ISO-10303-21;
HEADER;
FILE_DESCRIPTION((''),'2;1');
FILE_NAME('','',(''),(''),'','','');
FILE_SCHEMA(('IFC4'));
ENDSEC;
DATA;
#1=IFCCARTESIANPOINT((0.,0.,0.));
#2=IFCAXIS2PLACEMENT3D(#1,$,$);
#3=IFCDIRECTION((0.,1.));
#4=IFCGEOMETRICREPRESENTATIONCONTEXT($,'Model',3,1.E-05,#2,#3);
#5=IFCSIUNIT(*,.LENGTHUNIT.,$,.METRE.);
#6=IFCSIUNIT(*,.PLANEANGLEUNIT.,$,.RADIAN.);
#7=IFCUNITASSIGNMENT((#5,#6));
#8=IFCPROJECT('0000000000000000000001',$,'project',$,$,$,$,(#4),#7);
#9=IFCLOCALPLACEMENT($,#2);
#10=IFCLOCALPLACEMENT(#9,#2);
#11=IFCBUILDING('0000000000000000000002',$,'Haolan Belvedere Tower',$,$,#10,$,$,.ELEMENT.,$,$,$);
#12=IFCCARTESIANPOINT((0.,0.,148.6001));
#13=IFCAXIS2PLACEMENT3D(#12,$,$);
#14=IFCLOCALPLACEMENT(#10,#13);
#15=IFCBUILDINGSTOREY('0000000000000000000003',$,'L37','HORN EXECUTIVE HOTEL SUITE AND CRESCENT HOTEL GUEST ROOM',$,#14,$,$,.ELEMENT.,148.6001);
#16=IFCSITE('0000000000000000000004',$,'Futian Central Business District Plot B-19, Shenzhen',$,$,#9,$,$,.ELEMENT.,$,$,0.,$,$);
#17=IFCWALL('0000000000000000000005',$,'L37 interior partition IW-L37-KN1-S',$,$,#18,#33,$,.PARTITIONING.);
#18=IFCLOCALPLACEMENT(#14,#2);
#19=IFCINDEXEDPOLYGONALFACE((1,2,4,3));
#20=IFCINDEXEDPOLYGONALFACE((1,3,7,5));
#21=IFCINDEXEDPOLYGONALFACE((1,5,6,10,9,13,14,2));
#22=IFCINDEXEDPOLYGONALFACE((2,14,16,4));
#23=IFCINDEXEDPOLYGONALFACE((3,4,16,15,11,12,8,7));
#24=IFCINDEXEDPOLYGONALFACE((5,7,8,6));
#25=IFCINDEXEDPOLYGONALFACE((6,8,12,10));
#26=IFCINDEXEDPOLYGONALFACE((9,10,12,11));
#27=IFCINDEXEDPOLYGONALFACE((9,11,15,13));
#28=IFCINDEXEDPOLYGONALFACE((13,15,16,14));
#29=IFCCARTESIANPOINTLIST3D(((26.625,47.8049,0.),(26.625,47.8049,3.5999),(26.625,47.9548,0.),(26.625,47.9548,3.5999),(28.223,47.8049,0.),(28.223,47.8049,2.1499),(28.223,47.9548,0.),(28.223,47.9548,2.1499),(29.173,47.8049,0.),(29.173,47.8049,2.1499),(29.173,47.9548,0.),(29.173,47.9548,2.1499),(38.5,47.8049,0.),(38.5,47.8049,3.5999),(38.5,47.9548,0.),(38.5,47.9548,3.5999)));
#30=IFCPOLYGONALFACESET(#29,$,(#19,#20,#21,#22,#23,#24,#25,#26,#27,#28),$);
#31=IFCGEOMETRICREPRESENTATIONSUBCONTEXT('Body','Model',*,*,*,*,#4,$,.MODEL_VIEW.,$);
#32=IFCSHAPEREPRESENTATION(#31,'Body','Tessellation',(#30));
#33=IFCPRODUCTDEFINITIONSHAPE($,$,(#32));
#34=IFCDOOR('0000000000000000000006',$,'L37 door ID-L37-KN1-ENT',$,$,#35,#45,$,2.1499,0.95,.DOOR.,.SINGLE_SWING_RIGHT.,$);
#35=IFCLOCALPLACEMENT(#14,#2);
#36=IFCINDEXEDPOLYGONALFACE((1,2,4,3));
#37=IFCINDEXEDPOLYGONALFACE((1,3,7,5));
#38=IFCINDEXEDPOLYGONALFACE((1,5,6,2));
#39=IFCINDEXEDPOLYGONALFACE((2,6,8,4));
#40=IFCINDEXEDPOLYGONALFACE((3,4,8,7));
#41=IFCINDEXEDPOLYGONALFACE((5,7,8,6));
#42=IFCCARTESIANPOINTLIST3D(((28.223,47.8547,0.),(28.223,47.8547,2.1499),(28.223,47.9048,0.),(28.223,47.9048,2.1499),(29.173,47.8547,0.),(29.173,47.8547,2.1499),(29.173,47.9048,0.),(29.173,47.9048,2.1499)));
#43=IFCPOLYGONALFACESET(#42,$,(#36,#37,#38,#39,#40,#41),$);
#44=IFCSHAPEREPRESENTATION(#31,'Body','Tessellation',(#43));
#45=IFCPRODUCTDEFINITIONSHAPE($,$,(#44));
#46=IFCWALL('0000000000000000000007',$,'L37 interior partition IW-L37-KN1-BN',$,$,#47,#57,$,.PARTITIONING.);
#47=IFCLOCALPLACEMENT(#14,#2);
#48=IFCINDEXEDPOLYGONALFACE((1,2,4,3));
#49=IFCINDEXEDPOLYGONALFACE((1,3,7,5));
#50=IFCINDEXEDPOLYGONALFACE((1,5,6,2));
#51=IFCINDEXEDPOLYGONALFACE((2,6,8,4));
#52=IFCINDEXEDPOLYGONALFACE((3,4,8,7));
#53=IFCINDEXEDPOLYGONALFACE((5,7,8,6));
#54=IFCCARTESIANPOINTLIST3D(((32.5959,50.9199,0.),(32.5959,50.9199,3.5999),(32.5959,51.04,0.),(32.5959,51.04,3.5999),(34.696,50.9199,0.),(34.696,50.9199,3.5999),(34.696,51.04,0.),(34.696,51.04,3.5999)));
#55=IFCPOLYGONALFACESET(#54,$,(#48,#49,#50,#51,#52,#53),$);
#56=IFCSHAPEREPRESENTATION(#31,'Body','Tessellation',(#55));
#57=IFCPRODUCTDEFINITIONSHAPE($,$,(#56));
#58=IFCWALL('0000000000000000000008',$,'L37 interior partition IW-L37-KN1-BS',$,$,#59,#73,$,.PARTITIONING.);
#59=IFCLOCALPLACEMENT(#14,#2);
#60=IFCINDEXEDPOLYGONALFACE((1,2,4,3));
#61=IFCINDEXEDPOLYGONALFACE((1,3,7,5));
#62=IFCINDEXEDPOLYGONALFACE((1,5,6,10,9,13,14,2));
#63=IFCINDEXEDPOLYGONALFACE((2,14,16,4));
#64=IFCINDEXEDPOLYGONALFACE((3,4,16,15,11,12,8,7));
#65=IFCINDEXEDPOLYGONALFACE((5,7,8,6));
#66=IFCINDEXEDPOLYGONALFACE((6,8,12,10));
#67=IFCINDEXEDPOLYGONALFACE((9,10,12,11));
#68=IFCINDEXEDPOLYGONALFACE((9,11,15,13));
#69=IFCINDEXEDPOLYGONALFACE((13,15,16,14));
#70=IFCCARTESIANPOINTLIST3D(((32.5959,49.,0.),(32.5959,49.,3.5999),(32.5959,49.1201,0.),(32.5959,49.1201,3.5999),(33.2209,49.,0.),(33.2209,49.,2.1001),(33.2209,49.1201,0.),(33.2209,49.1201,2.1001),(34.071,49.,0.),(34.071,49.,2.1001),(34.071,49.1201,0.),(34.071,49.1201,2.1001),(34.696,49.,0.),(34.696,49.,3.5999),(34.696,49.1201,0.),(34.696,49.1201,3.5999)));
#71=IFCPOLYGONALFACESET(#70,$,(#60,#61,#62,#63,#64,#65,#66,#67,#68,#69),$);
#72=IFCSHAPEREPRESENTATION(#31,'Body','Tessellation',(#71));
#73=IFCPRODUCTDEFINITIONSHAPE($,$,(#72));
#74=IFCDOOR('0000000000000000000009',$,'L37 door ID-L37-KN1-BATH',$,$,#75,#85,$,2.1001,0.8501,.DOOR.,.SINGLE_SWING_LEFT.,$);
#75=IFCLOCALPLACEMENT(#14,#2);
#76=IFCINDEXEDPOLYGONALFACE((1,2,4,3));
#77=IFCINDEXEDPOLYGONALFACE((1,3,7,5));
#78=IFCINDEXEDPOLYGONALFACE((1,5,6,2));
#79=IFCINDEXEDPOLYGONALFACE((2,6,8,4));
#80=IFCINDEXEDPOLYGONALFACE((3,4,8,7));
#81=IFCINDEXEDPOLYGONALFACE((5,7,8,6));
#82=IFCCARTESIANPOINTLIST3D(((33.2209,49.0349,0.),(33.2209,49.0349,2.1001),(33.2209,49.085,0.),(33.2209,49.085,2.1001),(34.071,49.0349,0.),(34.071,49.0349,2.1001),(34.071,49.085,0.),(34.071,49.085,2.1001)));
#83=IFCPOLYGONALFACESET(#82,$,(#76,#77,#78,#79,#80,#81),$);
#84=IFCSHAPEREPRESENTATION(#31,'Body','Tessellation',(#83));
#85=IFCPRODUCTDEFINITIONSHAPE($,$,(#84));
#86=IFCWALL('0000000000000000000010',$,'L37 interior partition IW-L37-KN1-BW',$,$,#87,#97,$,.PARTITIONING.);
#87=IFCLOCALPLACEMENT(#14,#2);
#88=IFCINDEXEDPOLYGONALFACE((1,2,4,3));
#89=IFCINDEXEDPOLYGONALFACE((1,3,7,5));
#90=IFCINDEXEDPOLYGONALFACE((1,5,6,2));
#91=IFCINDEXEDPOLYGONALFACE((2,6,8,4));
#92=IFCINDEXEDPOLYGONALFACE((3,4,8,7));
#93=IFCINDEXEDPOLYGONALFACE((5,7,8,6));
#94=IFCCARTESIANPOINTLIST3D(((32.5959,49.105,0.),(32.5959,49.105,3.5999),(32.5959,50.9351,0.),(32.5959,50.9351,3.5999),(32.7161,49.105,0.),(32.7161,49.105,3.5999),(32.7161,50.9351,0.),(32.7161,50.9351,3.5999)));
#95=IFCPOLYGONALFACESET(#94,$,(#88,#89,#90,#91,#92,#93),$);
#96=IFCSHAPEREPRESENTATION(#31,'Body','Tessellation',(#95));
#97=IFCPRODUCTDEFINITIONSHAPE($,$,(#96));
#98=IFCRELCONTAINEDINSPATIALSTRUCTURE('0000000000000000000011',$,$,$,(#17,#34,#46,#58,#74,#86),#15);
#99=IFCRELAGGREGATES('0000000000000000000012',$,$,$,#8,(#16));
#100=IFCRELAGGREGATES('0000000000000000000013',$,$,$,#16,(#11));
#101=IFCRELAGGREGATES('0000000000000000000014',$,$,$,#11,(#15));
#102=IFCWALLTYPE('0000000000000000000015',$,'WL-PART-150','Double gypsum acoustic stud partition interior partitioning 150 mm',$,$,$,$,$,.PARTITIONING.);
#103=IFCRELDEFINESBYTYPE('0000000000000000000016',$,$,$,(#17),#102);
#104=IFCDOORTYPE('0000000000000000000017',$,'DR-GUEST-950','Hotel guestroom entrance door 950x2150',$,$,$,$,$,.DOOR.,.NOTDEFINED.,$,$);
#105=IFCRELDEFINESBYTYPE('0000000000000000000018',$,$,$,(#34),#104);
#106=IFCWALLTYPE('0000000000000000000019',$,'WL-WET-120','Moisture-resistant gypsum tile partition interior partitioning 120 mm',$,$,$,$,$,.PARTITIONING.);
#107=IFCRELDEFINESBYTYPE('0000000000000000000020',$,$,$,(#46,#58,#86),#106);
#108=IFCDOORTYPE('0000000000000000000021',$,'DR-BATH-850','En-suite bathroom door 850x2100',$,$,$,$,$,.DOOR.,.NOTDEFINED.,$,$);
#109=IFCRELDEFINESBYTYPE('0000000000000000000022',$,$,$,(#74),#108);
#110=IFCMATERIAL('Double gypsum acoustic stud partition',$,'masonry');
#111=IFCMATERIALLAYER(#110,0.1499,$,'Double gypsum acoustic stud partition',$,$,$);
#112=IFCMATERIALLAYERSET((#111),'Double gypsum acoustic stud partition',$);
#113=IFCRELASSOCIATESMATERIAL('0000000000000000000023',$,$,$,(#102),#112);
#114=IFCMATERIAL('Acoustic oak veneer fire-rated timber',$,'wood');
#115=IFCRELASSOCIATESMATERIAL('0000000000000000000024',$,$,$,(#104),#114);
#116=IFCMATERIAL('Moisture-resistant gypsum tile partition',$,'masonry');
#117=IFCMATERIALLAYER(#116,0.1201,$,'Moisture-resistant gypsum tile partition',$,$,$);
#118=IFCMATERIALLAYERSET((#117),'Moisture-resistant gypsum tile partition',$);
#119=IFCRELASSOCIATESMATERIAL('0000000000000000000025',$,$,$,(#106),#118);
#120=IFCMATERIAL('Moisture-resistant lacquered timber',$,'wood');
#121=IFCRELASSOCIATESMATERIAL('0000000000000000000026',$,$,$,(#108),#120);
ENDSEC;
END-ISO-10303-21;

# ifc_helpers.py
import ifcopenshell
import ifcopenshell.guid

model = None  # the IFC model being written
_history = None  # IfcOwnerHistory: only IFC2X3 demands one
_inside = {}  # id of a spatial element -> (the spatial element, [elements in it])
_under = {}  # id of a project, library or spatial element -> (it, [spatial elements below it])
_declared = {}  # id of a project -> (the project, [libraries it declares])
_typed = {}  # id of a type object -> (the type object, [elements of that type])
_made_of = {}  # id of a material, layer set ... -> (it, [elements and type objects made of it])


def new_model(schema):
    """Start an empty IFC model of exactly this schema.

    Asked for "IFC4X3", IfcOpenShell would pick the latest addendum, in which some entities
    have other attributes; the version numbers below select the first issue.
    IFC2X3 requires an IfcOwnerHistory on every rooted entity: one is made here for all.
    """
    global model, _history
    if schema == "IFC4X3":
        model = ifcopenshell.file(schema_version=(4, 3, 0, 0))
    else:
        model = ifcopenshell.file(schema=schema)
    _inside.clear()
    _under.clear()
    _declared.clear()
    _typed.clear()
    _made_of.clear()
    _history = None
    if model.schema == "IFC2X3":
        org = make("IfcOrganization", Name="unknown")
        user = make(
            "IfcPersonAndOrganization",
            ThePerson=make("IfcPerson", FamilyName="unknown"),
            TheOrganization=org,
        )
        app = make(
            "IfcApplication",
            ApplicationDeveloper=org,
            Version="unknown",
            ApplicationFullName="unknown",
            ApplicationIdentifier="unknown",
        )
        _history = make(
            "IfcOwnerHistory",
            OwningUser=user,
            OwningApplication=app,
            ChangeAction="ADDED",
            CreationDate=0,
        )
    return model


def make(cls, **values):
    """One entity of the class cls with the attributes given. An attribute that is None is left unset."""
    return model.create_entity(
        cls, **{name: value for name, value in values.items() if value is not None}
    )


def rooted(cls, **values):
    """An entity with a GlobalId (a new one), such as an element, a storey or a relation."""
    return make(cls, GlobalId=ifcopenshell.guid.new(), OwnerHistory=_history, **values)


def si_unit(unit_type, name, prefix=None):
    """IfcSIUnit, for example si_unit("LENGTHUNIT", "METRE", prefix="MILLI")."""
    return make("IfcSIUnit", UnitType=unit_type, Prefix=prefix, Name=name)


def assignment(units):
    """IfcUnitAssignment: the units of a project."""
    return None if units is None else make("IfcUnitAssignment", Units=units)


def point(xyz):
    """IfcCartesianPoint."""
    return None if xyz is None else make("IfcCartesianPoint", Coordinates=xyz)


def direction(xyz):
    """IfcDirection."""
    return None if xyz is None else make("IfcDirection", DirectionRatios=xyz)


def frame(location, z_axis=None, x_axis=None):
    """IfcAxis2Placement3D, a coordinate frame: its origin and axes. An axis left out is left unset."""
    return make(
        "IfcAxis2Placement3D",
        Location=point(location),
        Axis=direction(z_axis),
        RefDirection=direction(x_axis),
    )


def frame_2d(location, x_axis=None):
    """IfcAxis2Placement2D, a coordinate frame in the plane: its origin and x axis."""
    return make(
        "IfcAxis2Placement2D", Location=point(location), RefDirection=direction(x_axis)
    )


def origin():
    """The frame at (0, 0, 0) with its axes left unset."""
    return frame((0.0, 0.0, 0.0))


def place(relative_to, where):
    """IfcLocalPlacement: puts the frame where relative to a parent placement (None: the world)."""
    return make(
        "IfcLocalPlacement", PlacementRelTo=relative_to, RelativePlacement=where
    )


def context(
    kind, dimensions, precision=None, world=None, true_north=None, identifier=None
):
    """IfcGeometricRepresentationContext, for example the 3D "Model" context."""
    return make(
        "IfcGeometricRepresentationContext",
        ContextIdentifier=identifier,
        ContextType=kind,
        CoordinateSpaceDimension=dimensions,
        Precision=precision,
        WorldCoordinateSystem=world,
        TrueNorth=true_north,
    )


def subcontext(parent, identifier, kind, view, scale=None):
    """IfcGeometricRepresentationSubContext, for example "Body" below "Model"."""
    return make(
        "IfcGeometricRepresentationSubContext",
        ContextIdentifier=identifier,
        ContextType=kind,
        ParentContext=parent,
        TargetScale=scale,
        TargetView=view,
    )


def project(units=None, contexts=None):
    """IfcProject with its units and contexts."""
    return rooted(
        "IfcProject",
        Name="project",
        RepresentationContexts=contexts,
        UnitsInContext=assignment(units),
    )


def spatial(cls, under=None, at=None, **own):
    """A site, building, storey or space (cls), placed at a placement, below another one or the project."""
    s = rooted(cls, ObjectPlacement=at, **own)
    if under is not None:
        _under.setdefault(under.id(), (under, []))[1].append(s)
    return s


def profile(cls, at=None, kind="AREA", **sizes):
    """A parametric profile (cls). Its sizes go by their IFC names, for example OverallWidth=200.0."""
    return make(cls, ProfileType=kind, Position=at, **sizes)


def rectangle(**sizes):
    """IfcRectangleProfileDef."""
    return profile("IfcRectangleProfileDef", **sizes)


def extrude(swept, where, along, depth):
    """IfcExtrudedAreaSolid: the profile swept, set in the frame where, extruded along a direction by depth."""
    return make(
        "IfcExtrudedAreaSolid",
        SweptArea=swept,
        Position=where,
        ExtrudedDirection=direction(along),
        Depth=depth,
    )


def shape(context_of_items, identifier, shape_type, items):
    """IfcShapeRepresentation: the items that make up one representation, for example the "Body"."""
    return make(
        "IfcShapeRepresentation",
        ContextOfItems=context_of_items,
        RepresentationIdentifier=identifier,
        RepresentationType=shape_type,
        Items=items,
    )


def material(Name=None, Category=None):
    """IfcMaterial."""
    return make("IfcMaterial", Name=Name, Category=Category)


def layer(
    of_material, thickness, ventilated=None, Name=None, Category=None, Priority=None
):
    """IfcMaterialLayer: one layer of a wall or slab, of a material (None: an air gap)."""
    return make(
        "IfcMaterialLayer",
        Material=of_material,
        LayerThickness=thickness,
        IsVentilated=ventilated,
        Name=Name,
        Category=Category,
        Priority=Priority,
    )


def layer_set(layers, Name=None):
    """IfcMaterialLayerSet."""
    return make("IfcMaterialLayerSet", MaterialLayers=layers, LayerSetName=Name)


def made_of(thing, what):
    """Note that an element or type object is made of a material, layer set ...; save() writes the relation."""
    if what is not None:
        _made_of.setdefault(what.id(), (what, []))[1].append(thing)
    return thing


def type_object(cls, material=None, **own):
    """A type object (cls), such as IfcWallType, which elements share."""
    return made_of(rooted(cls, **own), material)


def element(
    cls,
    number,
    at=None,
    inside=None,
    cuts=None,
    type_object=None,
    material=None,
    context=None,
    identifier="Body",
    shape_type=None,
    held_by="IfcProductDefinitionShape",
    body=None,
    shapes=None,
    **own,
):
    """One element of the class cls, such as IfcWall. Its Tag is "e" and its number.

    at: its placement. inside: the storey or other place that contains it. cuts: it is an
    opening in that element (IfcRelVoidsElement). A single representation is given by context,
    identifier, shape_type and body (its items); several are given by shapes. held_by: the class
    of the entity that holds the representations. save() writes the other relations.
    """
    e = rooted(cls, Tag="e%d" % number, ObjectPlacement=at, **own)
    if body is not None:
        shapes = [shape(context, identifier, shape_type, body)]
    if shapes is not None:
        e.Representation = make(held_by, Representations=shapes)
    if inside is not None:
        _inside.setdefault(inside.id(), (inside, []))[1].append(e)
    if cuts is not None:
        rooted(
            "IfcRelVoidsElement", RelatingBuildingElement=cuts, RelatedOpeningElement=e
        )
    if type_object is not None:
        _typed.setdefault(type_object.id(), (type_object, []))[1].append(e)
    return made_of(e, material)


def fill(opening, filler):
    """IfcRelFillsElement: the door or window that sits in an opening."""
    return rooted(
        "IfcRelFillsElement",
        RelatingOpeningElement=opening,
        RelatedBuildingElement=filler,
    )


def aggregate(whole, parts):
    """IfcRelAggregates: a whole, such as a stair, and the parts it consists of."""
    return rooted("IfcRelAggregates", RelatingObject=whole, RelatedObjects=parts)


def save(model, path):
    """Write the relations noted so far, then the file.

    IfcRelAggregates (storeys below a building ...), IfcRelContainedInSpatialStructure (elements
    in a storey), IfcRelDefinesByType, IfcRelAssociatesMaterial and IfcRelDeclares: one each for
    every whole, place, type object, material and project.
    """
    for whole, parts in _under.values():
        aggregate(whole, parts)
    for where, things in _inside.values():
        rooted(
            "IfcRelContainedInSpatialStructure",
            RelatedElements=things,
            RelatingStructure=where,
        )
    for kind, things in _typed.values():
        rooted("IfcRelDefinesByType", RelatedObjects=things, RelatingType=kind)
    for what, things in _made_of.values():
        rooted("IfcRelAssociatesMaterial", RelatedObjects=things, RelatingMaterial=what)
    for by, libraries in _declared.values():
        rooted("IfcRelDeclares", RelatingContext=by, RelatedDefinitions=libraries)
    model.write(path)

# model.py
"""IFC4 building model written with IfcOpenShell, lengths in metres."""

from ifc_helpers import new_model, si_unit, direction, frame, frame_2d, origin, place, context, subcontext, project, spatial, rectangle, extrude, material, layer, layer_set, type_object, element, fill, save


model = new_model("IFC4")

# Units and contexts
model_context = context("Model", 3, precision=1e-05, world=origin(), true_north=direction((0.0, 1.0)))
body_context = subcontext(model_context, "Body", "Model", "MODEL_VIEW")
ifc_project = project(units=[si_unit("LENGTHUNIT", "METRE"), si_unit("PLANEANGLEUNIT", "RADIAN")], contexts=[model_context])

# Site, building, storey
site_placement = place(None, origin())
site = spatial("IfcSite", under=ifc_project, at=site_placement, Name="Futian Central Business District Plot B-19, Shenzhen", CompositionType="ELEMENT", RefElevation=0.0)
building_placement = place(site_placement, origin())
building = spatial("IfcBuilding", under=site, at=building_placement, Name="Haolan Belvedere Tower", CompositionType="ELEMENT")
storey_placement = place(building_placement, frame((0.0, 0.0, 148.6001)))
storey = spatial("IfcBuildingStorey", under=building, at=storey_placement, Name="L37", Description="HORN EXECUTIVE HOTEL SUITE AND CRESCENT HOTEL GUEST ROOM", CompositionType="ELEMENT", Elevation=148.6001)

# Wall, opening, door
ifc_material_1 = material(Name="Double gypsum acoustic stud partition", Category="masonry")
ifc_layer_1 = layer(ifc_material_1, 0.1499, Name="Double gypsum acoustic stud partition")
ifc_layer_set_1 = layer_set([ifc_layer_1], Name="Double gypsum acoustic stud partition")
wall_type_1 = type_object("IfcWallType", Name="WL-PART-150", Description="Double gypsum acoustic stud partition interior partitioning 150 mm", PredefinedType="PARTITIONING", material=ifc_layer_set_1)
wall_1_placement = place(storey_placement, frame((26.625, 47.8799, 0.0), z_axis=(0.0, 0.0, 1.0), x_axis=(1.0, 0.0, 0.0)))
wall_1 = element("IfcWall", 1, at=wall_1_placement, inside=storey, type_object=wall_type_1, Name="L37 interior partition IW-L37-KN1-S", PredefinedType="PARTITIONING", context=body_context, shape_type="SweptSolid", body=[
    extrude(rectangle(XDim=11.875, YDim=0.1499, at=frame_2d((5.9375, 0.0))), origin(), (0.0, 0.0, 1.0), 3.5999),
])
opening_1_placement = place(wall_1_placement, frame((1.5979, 0.0, 0.0)))
opening_1 = element("IfcOpeningElement", 2, at=opening_1_placement, cuts=wall_1, PredefinedType="OPENING", context=body_context, shape_type="SweptSolid", body=[
    extrude(rectangle(XDim=0.95, YDim=2.1499, at=frame_2d((0.4751, 1.075))), frame((0.0, 0.085, 0.0), z_axis=(0.0, -1.0, 0.0), x_axis=(1.0, 0.0, 0.0)), (0.0, 0.0, 1.0), 0.1699),
])
ifc_material_2 = material(Name="Acoustic oak veneer fire-rated timber", Category="wood")
door_type_1 = type_object("IfcDoorType", Name="DR-GUEST-950", Description="Hotel guestroom entrance door 950x2150", OperationType="NOTDEFINED", PredefinedType="DOOR", material=ifc_material_2)
door_1_placement = place(opening_1_placement, origin())
door_1 = element("IfcDoor", 3, at=door_1_placement, inside=storey, type_object=door_type_1, Name="L37 door ID-L37-KN1-ENT", OperationType="SINGLE_SWING_RIGHT", OverallHeight=2.1499, OverallWidth=0.95, PredefinedType="DOOR", context=body_context, shape_type="SweptSolid", body=[
    extrude(rectangle(XDim=0.95, YDim=2.1499, at=frame_2d((0.4751, 1.075))), frame((0.0, 0.0249, 0.0), z_axis=(0.0, -1.0, 0.0), x_axis=(1.0, 0.0, 0.0)), (0.0, 0.0, 1.0), 0.05),
])
fill(opening_1, door_1)

# Wall
ifc_material_3 = material(Name="Moisture-resistant gypsum tile partition", Category="masonry")
ifc_layer_2 = layer(ifc_material_3, 0.1201, Name="Moisture-resistant gypsum tile partition")
ifc_layer_set_2 = layer_set([ifc_layer_2], Name="Moisture-resistant gypsum tile partition")
wall_type_2 = type_object("IfcWallType", Name="WL-WET-120", Description="Moisture-resistant gypsum tile partition interior partitioning 120 mm", PredefinedType="PARTITIONING", material=ifc_layer_set_2)
wall_2_placement = place(storey_placement, frame((32.5959, 50.98, 0.0), z_axis=(0.0, 0.0, 1.0), x_axis=(1.0, 0.0, 0.0)))
element("IfcWall", 4, at=wall_2_placement, inside=storey, type_object=wall_type_2, Name="L37 interior partition IW-L37-KN1-BN", PredefinedType="PARTITIONING", context=body_context, shape_type="SweptSolid", body=[
    extrude(rectangle(XDim=2.1001, YDim=0.1201, at=frame_2d((1.05, 0.0))), origin(), (0.0, 0.0, 1.0), 3.5999),
])

# Wall, opening, door
wall_3_placement = place(storey_placement, frame((32.5959, 49.0601, 0.0), z_axis=(0.0, 0.0, 1.0), x_axis=(1.0, 0.0, 0.0)))
wall_3 = element("IfcWall", 5, at=wall_3_placement, inside=storey, type_object=wall_type_2, Name="L37 interior partition IW-L37-KN1-BS", PredefinedType="PARTITIONING", context=body_context, shape_type="SweptSolid", body=[
    extrude(rectangle(XDim=2.1001, YDim=0.1201, at=frame_2d((1.05, 0.0))), origin(), (0.0, 0.0, 1.0), 3.5999),
])
opening_2_placement = place(wall_3_placement, frame((0.625, 0.0, 0.0)))
opening_2 = element("IfcOpeningElement", 6, at=opening_2_placement, cuts=wall_3, PredefinedType="OPENING", context=body_context, shape_type="SweptSolid", body=[
    extrude(rectangle(XDim=0.8501, YDim=2.1001, at=frame_2d((0.425, 1.05))), frame((0.0, 0.0701, 0.0), z_axis=(0.0, -1.0, 0.0), x_axis=(1.0, 0.0, 0.0)), (0.0, 0.0, 1.0), 0.1401),
])
ifc_material_4 = material(Name="Moisture-resistant lacquered timber", Category="wood")
door_type_2 = type_object("IfcDoorType", Name="DR-BATH-850", Description="En-suite bathroom door 850x2100", OperationType="NOTDEFINED", PredefinedType="DOOR", material=ifc_material_4)
door_2_placement = place(opening_2_placement, origin())
door_2 = element("IfcDoor", 7, at=door_2_placement, inside=storey, type_object=door_type_2, Name="L37 door ID-L37-KN1-BATH", OperationType="SINGLE_SWING_LEFT", OverallHeight=2.1001, OverallWidth=0.8501, PredefinedType="DOOR", context=body_context, shape_type="SweptSolid", body=[
    extrude(rectangle(XDim=0.8501, YDim=2.1001, at=frame_2d((0.425, 1.05))), frame((0.0, 0.0249, 0.0), z_axis=(0.0, -1.0, 0.0), x_axis=(1.0, 0.0, 0.0)), (0.0, 0.0, 1.0), 0.05),
])
fill(opening_2, door_2)

# Wall
wall_4_placement = place(storey_placement, frame((32.656, 49.105, 0.0), z_axis=(0.0, 0.0, 1.0), x_axis=(0.0, 1.0, 0.0)))
element("IfcWall", 8, at=wall_4_placement, inside=storey, type_object=wall_type_2, Name="L37 interior partition IW-L37-KN1-BW", PredefinedType="PARTITIONING", context=body_context, shape_type="SweptSolid", body=[
    extrude(rectangle(XDim=1.8301, YDim=0.1201, at=frame_2d((0.915, 0.0))), origin(), (0.0, 0.0, 1.0), 3.5999),
])

save(model, "model.ifc")
